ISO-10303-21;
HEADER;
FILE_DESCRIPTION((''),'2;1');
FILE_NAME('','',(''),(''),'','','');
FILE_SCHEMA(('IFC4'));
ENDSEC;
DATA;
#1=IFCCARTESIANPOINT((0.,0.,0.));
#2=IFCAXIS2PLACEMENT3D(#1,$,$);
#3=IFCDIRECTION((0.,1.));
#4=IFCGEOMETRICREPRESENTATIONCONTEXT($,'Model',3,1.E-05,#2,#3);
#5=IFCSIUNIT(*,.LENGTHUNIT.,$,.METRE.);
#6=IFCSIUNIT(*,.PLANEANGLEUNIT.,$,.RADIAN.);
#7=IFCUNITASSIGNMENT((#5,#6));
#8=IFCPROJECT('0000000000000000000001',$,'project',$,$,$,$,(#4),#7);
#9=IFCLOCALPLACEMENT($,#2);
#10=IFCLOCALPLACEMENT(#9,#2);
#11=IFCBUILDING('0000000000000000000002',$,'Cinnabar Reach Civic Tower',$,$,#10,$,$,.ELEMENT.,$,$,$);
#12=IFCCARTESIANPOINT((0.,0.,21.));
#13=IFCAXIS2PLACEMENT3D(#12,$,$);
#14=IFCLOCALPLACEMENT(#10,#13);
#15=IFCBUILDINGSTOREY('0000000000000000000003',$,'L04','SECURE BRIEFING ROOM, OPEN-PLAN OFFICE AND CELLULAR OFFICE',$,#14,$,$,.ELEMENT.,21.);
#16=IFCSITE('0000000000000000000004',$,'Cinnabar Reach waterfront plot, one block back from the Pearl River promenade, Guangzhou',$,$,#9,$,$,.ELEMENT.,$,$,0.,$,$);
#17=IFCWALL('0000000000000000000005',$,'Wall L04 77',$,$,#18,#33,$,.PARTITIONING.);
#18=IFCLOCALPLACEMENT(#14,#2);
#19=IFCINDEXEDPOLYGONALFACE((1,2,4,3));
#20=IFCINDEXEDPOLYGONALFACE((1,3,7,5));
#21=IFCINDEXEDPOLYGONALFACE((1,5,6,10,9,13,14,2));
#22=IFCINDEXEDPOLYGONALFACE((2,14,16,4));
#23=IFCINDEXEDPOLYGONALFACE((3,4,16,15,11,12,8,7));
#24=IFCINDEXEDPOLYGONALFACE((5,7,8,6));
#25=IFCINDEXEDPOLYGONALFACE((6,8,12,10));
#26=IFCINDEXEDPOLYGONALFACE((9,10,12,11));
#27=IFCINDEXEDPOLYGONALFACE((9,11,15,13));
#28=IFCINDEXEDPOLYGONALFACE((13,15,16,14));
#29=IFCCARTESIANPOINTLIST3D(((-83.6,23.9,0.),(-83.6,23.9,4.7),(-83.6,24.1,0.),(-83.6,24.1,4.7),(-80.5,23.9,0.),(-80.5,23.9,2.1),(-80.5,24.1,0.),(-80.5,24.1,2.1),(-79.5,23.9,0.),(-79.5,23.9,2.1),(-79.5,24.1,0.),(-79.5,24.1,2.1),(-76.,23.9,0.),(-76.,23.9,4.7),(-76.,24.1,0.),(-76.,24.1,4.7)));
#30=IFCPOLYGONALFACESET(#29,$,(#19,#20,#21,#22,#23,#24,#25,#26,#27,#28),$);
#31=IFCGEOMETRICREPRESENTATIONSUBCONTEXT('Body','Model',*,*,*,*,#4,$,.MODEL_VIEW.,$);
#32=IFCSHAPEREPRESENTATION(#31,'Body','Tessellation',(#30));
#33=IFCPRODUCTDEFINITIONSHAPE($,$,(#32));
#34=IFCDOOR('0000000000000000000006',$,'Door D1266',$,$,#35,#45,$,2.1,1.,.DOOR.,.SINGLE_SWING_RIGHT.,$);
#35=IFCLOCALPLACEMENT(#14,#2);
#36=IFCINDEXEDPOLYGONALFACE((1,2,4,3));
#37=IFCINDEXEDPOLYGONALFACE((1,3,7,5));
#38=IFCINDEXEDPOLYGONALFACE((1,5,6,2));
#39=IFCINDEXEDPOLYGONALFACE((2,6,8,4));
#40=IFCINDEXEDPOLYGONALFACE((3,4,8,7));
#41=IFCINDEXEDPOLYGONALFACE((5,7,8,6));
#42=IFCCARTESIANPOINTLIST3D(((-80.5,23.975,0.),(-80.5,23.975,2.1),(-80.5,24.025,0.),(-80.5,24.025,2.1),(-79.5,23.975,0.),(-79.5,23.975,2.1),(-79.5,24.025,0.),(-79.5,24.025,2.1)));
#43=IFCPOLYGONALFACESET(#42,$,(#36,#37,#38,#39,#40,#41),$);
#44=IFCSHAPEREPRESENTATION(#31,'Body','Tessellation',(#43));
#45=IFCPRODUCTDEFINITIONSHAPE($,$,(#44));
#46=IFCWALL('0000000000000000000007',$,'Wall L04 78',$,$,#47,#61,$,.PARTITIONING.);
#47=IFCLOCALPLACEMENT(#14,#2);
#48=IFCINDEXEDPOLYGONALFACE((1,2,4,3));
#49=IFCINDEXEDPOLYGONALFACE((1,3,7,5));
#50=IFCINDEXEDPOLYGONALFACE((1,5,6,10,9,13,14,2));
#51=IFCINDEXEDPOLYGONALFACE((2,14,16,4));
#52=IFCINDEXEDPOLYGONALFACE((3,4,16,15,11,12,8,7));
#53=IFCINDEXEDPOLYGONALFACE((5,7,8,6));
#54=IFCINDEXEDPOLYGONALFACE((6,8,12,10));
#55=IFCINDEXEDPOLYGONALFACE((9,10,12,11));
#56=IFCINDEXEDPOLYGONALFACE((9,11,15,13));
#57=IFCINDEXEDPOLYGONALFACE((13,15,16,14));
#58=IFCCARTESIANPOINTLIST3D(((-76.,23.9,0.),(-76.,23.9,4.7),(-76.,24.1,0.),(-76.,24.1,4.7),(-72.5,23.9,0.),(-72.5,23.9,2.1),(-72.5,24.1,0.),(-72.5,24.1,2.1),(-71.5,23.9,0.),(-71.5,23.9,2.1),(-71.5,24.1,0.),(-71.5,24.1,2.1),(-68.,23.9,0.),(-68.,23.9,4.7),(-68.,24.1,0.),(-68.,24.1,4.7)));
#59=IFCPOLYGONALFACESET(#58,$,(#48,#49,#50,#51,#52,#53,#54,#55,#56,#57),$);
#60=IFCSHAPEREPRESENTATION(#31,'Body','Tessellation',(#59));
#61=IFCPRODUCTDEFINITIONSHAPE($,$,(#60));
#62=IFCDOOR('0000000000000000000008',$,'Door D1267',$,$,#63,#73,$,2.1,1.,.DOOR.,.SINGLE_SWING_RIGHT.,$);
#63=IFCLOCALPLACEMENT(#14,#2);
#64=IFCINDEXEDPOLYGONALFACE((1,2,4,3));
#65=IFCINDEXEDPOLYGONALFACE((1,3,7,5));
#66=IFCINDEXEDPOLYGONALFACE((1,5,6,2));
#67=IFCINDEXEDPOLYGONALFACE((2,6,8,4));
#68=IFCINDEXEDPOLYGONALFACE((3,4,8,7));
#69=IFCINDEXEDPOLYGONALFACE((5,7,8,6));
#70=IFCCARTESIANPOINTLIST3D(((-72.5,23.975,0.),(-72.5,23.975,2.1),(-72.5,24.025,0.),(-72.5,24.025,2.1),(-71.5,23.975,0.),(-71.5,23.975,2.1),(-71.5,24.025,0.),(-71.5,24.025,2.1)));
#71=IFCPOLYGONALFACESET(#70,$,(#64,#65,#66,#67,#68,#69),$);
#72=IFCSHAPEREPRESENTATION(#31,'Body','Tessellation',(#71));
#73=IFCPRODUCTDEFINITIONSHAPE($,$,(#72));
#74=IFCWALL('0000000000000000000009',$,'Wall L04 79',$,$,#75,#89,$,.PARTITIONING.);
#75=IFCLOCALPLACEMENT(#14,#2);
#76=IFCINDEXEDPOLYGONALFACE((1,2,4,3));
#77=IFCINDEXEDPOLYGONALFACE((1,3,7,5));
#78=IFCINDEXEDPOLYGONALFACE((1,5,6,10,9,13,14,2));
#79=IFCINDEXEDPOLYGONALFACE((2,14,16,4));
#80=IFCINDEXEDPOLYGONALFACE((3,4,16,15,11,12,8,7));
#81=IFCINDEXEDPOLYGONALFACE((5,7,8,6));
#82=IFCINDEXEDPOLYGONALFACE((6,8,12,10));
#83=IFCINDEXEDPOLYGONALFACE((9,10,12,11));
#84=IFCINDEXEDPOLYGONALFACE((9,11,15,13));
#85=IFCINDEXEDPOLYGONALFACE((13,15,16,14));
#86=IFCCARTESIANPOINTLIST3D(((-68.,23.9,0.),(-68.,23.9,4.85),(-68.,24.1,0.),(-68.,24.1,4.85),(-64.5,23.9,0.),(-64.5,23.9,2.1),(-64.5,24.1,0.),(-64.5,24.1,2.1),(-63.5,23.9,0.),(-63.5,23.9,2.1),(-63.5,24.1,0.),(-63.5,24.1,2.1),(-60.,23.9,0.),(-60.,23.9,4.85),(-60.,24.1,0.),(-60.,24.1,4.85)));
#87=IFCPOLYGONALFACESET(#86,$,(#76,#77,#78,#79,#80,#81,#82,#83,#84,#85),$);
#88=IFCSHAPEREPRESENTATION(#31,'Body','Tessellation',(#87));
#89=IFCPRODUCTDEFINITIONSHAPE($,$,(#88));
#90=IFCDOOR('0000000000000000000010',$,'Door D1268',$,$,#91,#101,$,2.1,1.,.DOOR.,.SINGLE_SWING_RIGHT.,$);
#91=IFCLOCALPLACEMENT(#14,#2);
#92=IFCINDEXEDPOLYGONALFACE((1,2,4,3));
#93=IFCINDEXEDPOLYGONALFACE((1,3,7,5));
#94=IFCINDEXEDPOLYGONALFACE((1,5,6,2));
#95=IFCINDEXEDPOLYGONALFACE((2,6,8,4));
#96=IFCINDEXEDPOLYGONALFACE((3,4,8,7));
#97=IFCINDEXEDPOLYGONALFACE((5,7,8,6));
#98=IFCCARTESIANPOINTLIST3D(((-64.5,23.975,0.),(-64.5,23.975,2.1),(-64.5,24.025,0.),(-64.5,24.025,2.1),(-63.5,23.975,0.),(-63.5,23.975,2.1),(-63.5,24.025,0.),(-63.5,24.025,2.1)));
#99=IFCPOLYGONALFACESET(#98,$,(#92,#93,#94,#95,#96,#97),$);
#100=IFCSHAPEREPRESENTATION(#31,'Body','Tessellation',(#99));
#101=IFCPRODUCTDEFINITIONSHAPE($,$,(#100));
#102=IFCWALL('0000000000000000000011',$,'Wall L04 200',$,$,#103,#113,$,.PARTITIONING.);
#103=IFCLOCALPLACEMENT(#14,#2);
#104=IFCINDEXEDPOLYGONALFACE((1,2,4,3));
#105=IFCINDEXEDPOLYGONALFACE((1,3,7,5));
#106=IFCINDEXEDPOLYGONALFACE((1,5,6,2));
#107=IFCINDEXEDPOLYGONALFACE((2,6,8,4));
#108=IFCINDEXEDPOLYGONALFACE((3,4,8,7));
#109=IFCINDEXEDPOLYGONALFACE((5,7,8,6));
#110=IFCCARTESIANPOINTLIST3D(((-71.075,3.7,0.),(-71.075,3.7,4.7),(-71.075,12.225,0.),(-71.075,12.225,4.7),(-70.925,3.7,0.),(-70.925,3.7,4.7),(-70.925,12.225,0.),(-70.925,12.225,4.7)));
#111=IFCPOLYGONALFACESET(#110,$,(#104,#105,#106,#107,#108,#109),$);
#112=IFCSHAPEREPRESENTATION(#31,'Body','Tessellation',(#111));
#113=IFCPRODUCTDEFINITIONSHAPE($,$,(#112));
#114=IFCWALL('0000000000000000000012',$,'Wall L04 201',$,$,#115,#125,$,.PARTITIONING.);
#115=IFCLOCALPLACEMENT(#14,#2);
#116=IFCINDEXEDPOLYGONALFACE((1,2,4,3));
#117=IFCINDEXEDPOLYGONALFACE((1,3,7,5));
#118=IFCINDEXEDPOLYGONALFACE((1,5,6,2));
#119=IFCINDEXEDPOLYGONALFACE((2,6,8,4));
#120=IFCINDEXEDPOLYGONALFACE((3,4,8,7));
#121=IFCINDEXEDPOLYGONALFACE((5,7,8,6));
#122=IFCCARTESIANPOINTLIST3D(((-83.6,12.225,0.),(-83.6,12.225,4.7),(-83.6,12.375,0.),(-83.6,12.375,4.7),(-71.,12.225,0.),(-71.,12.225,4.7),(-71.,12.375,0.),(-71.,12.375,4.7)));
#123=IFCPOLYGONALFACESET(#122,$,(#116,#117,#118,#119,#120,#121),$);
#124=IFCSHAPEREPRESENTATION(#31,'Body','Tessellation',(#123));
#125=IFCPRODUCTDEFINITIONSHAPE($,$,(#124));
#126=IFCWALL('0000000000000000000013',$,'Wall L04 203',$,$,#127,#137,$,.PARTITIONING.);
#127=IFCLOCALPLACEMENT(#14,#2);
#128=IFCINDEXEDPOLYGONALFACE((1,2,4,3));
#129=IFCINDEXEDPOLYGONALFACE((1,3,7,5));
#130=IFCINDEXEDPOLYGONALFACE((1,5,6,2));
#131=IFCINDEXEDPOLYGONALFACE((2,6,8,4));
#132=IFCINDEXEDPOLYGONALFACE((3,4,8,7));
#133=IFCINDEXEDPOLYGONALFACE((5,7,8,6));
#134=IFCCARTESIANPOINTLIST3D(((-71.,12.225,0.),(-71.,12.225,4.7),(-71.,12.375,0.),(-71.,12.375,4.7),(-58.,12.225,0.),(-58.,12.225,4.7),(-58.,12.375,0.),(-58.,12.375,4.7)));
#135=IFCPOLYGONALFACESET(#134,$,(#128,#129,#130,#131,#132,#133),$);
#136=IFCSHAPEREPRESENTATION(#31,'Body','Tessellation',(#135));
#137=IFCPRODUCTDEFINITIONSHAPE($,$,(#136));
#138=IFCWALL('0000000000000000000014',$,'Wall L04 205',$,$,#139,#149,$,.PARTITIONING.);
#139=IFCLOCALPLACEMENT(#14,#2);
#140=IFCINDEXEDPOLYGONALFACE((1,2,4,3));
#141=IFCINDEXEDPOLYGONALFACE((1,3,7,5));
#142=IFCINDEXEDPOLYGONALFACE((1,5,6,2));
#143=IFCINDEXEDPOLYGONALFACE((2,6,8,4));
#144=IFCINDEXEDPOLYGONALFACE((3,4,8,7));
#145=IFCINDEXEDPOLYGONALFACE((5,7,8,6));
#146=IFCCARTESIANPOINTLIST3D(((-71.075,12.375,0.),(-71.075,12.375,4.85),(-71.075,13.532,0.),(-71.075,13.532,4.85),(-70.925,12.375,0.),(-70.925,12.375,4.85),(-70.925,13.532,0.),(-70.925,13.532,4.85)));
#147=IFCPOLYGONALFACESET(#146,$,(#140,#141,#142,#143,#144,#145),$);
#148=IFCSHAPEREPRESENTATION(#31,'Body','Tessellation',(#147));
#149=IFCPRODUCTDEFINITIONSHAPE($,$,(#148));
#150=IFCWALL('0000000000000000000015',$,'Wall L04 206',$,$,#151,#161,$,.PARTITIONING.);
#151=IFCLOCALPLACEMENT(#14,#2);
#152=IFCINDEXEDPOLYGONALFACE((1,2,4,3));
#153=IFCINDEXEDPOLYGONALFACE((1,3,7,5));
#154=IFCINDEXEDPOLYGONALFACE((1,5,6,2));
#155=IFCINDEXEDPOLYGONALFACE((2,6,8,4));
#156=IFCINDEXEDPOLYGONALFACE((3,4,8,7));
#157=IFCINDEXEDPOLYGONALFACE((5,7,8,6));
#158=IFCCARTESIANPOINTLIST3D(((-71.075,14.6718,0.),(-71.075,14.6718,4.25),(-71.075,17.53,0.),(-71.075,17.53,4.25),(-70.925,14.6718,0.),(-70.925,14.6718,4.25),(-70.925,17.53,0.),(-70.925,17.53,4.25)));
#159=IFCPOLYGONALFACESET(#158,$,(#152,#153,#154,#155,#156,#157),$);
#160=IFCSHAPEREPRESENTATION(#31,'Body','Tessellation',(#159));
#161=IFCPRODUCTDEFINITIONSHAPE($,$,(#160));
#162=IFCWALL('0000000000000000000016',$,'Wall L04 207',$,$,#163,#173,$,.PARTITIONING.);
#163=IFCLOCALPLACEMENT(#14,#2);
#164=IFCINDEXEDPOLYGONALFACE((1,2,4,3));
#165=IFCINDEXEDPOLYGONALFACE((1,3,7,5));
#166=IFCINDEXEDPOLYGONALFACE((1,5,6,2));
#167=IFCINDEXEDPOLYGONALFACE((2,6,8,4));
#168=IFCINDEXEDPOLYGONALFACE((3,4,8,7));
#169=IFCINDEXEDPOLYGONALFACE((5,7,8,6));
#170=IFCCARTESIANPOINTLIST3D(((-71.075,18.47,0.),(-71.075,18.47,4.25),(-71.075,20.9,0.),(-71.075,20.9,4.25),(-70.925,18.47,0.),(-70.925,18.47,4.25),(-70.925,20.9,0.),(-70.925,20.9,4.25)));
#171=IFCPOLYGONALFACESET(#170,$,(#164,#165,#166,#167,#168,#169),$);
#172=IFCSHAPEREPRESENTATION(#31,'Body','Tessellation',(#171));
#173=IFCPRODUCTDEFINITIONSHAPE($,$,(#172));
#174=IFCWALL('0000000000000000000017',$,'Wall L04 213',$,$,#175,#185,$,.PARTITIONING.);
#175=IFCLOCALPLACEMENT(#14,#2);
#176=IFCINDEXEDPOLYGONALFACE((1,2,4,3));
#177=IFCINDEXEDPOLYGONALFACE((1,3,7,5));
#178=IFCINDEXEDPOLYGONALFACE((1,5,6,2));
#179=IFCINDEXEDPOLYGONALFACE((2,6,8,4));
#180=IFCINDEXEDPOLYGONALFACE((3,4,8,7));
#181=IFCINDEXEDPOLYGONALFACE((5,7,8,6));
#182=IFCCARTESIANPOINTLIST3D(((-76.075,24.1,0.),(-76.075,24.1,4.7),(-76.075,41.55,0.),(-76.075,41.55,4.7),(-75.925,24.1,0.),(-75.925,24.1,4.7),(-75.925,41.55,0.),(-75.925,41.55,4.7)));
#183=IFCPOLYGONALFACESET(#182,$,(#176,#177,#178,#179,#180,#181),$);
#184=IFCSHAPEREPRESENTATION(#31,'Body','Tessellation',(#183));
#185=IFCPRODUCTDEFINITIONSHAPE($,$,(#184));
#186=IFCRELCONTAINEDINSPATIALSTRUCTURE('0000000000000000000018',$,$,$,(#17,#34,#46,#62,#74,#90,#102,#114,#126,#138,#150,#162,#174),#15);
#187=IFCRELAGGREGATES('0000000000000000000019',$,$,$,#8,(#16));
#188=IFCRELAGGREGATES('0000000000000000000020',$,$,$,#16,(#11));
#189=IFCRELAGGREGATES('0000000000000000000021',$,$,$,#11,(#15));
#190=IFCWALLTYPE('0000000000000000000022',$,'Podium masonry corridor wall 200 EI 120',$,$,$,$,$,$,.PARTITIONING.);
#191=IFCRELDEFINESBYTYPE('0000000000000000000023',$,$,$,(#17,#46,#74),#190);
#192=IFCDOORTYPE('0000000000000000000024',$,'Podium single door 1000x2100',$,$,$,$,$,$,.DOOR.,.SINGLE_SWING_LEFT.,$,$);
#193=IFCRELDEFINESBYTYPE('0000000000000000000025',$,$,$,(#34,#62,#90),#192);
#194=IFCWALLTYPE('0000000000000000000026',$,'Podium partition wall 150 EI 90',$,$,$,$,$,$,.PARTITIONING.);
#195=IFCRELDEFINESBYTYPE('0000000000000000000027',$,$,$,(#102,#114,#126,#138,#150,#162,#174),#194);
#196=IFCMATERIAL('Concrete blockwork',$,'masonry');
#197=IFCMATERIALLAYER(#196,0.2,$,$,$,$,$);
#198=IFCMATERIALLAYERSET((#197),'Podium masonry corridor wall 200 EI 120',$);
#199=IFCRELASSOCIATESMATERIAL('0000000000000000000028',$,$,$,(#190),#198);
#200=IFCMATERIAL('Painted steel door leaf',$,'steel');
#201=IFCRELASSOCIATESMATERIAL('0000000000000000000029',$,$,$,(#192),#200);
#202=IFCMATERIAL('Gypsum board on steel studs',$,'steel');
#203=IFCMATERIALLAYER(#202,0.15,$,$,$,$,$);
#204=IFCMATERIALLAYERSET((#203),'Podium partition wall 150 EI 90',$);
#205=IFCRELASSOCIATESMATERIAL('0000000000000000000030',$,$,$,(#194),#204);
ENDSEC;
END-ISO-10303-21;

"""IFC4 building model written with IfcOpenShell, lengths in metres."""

from ifc_helpers import new_model, si_unit, direction, frame, frame_2d, origin, place, context, subcontext, project, spatial, rectangle, extrude, material, layer, layer_set, type_object, element, fill, save


model = new_model("IFC4")

# Units and contexts
model_context = context("Model", 3, precision=1e-05, world=origin(), true_north=direction((0.0, 1.0)))
body_context = subcontext(model_context, "Body", "Model", "MODEL_VIEW")
ifc_project = project(units=[si_unit("LENGTHUNIT", "METRE"), si_unit("PLANEANGLEUNIT", "RADIAN")], contexts=[model_context])

# Site, building, storey
site_placement = place(None, origin())
site = spatial("IfcSite", under=ifc_project, at=site_placement, Name="Cinnabar Reach waterfront plot, one block back from the Pearl River promenade, Guangzhou", CompositionType="ELEMENT", RefElevation=0.0)
building_placement = place(site_placement, origin())
building = spatial("IfcBuilding", under=site, at=building_placement, Name="Cinnabar Reach Civic Tower", CompositionType="ELEMENT")
storey_placement = place(building_placement, frame((0.0, 0.0, 21.0)))
storey = spatial("IfcBuildingStorey", under=building, at=storey_placement, Name="L04", Description="SECURE BRIEFING ROOM, OPEN-PLAN OFFICE AND CELLULAR OFFICE", CompositionType="ELEMENT", Elevation=21.0)

# Walls, openings, doors
ifc_material_1 = material(Name="Concrete blockwork", Category="masonry")
ifc_layer_1 = layer(ifc_material_1, 0.2)
ifc_layer_set_1 = layer_set([ifc_layer_1], Name="Podium masonry corridor wall 200 EI 120")
wall_type_1 = type_object("IfcWallType", Name="Podium masonry corridor wall 200 EI 120", PredefinedType="PARTITIONING", material=ifc_layer_set_1)
ifc_material_2 = material(Name="Painted steel door leaf", Category="steel")
door_type = type_object("IfcDoorType", Name="Podium single door 1000x2100", OperationType="SINGLE_SWING_LEFT", PredefinedType="DOOR", material=ifc_material_2)
wall_1_placement = place(storey_placement, frame((-83.6, 24.0, 0.0), z_axis=(0.0, 0.0, 1.0), x_axis=(1.0, 0.0, 0.0)))
wall_1 = element("IfcWall", 1, at=wall_1_placement, inside=storey, type_object=wall_type_1, Name="Wall L04 77", PredefinedType="PARTITIONING", context=body_context, shape_type="SweptSolid", body=[
    extrude(rectangle(XDim=7.6, YDim=0.2, at=frame_2d((3.8, 0.0))), origin(), (0.0, 0.0, 1.0), 4.7),
])
opening_1_placement = place(wall_1_placement, frame((3.1, 0.0, 0.0)))
opening_1 = element("IfcOpeningElement", 2, at=opening_1_placement, cuts=wall_1, PredefinedType="OPENING", context=body_context, shape_type="SweptSolid", body=[
    extrude(rectangle(XDim=1.0, YDim=2.1, at=frame_2d((0.5, 1.05))), frame((0.0, 0.11, 0.0), z_axis=(0.0, -1.0, 0.0), x_axis=(1.0, 0.0, 0.0)), (0.0, 0.0, 1.0), 0.22),
])
door_1_placement = place(opening_1_placement, origin())
door_1 = element("IfcDoor", 3, at=door_1_placement, inside=storey, type_object=door_type, Name="Door D1266", OperationType="SINGLE_SWING_RIGHT", OverallHeight=2.1, OverallWidth=1.0, PredefinedType="DOOR", context=body_context, shape_type="SweptSolid", body=[
    extrude(rectangle(XDim=1.0, YDim=2.1, at=frame_2d((0.5, 1.05))), frame((0.0, 0.025, 0.0), z_axis=(0.0, -1.0, 0.0), x_axis=(1.0, 0.0, 0.0)), (0.0, 0.0, 1.0), 0.05),
])
fill(opening_1, door_1)
wall_2_placement = place(storey_placement, frame((-76.0, 24.0, 0.0), z_axis=(0.0, 0.0, 1.0), x_axis=(1.0, 0.0, 0.0)))
wall_2 = element("IfcWall", 4, at=wall_2_placement, inside=storey, type_object=wall_type_1, Name="Wall L04 78", PredefinedType="PARTITIONING", context=body_context, shape_type="SweptSolid", body=[
    extrude(rectangle(XDim=8.0, YDim=0.2, at=frame_2d((4.0, 0.0))), origin(), (0.0, 0.0, 1.0), 4.7),
])
opening_2_placement = place(wall_2_placement, frame((3.5, 0.0, 0.0)))
opening_2 = element("IfcOpeningElement", 5, at=opening_2_placement, cuts=wall_2, PredefinedType="OPENING", context=body_context, shape_type="SweptSolid", body=[
    extrude(rectangle(XDim=1.0, YDim=2.1, at=frame_2d((0.5, 1.05))), frame((0.0, 0.11, 0.0), z_axis=(0.0, -1.0, 0.0), x_axis=(1.0, 0.0, 0.0)), (0.0, 0.0, 1.0), 0.22),
])
door_2_placement = place(opening_2_placement, origin())
door_2 = element("IfcDoor", 6, at=door_2_placement, inside=storey, type_object=door_type, Name="Door D1267", OperationType="SINGLE_SWING_RIGHT", OverallHeight=2.1, OverallWidth=1.0, PredefinedType="DOOR", context=body_context, shape_type="SweptSolid", body=[
    extrude(rectangle(XDim=1.0, YDim=2.1, at=frame_2d((0.5, 1.05))), frame((0.0, 0.025, 0.0), z_axis=(0.0, -1.0, 0.0), x_axis=(1.0, 0.0, 0.0)), (0.0, 0.0, 1.0), 0.05),
])
fill(opening_2, door_2)
wall_3_placement = place(storey_placement, frame((-68.0, 24.0, 0.0), z_axis=(0.0, 0.0, 1.0), x_axis=(1.0, 0.0, 0.0)))
wall_3 = element("IfcWall", 7, at=wall_3_placement, inside=storey, type_object=wall_type_1, Name="Wall L04 79", PredefinedType="PARTITIONING", context=body_context, shape_type="SweptSolid", body=[
    extrude(rectangle(XDim=8.0, YDim=0.2, at=frame_2d((4.0, 0.0))), origin(), (0.0, 0.0, 1.0), 4.85),
])
opening_3_placement = place(wall_3_placement, frame((3.5, 0.0, 0.0)))
opening_3 = element("IfcOpeningElement", 8, at=opening_3_placement, cuts=wall_3, PredefinedType="OPENING", context=body_context, shape_type="SweptSolid", body=[
    extrude(rectangle(XDim=1.0, YDim=2.1, at=frame_2d((0.5, 1.05))), frame((0.0, 0.11, 0.0), z_axis=(0.0, -1.0, 0.0), x_axis=(1.0, 0.0, 0.0)), (0.0, 0.0, 1.0), 0.22),
])
door_3_placement = place(opening_3_placement, origin())
door_3 = element("IfcDoor", 9, at=door_3_placement, inside=storey, type_object=door_type, Name="Door D1268", OperationType="SINGLE_SWING_RIGHT", OverallHeight=2.1, OverallWidth=1.0, PredefinedType="DOOR", context=body_context, shape_type="SweptSolid", body=[
    extrude(rectangle(XDim=1.0, YDim=2.1, at=frame_2d((0.5, 1.05))), frame((0.0, 0.025, 0.0), z_axis=(0.0, -1.0, 0.0), x_axis=(1.0, 0.0, 0.0)), (0.0, 0.0, 1.0), 0.05),
])
fill(opening_3, door_3)

# Walls
ifc_material_3 = material(Name="Gypsum board on steel studs", Category="steel")
ifc_layer_2 = layer(ifc_material_3, 0.15)
ifc_layer_set_2 = layer_set([ifc_layer_2], Name="Podium partition wall 150 EI 90")
wall_type_2 = type_object("IfcWallType", Name="Podium partition wall 150 EI 90", PredefinedType="PARTITIONING", material=ifc_layer_set_2)
wall_4_placement = place(storey_placement, frame((-71.0, 3.7, 0.0), z_axis=(0.0, 0.0, 1.0), x_axis=(0.0, 1.0, 0.0)))
element("IfcWall", 10, at=wall_4_placement, inside=storey, type_object=wall_type_2, Name="Wall L04 200", PredefinedType="PARTITIONING", context=body_context, shape_type="SweptSolid", body=[
    extrude(rectangle(XDim=8.525, YDim=0.15, at=frame_2d((4.2625, 0.0))), origin(), (0.0, 0.0, 1.0), 4.7),
])
wall_5_placement = place(storey_placement, frame((-83.6, 12.3, 0.0), z_axis=(0.0, 0.0, 1.0), x_axis=(1.0, 0.0, 0.0)))
element("IfcWall", 11, at=wall_5_placement, inside=storey, type_object=wall_type_2, Name="Wall L04 201", PredefinedType="PARTITIONING", context=body_context, shape_type="SweptSolid", body=[
    extrude(rectangle(XDim=12.6, YDim=0.15, at=frame_2d((6.3, 0.0))), origin(), (0.0, 0.0, 1.0), 4.7),
])
wall_6_placement = place(storey_placement, frame((-71.0, 12.3, 0.0), z_axis=(0.0, 0.0, 1.0), x_axis=(1.0, 0.0, 0.0)))
element("IfcWall", 12, at=wall_6_placement, inside=storey, type_object=wall_type_2, Name="Wall L04 203", PredefinedType="PARTITIONING", context=body_context, shape_type="SweptSolid", body=[
    extrude(rectangle(XDim=13.0, YDim=0.15, at=frame_2d((6.5, 0.0))), origin(), (0.0, 0.0, 1.0), 4.7),
])
wall_7_placement = place(storey_placement, frame((-71.0, 12.375, 0.0), z_axis=(0.0, 0.0, 1.0), x_axis=(0.0, 1.0, 0.0)))
element("IfcWall", 13, at=wall_7_placement, inside=storey, type_object=wall_type_2, Name="Wall L04 205", PredefinedType="PARTITIONING", context=body_context, shape_type="SweptSolid", body=[
    extrude(rectangle(XDim=1.1569, YDim=0.15, at=frame_2d((0.5785, 0.0))), origin(), (0.0, 0.0, 1.0), 4.85),
])
wall_8_placement = place(storey_placement, frame((-71.0, 14.6719, 0.0), z_axis=(0.0, 0.0, 1.0), x_axis=(0.0, 1.0, 0.0)))
element("IfcWall", 14, at=wall_8_placement, inside=storey, type_object=wall_type_2, Name="Wall L04 206", PredefinedType="PARTITIONING", context=body_context, shape_type="SweptSolid", body=[
    extrude(rectangle(XDim=2.8581, YDim=0.15, at=frame_2d((1.429, 0.0))), origin(), (0.0, 0.0, 1.0), 4.25),
])
wall_9_placement = place(storey_placement, frame((-71.0, 18.47, 0.0), z_axis=(0.0, 0.0, 1.0), x_axis=(0.0, 1.0, 0.0)))
element("IfcWall", 15, at=wall_9_placement, inside=storey, type_object=wall_type_2, Name="Wall L04 207", PredefinedType="PARTITIONING", context=body_context, shape_type="SweptSolid", body=[
    extrude(rectangle(XDim=2.43, YDim=0.15, at=frame_2d((1.215, 0.0))), origin(), (0.0, 0.0, 1.0), 4.25),
])
wall_10_placement = place(storey_placement, frame((-76.0, 24.1, 0.0), z_axis=(0.0, 0.0, 1.0), x_axis=(0.0, 1.0, 0.0)))
element("IfcWall", 16, at=wall_10_placement, inside=storey, type_object=wall_type_2, Name="Wall L04 213", PredefinedType="PARTITIONING", context=body_context, shape_type="SweptSolid", body=[
    extrude(rectangle(XDim=17.45, YDim=0.15, at=frame_2d((8.725, 0.0))), origin(), (0.0, 0.0, 1.0), 4.7),
])

save(model, "model.ifc")
